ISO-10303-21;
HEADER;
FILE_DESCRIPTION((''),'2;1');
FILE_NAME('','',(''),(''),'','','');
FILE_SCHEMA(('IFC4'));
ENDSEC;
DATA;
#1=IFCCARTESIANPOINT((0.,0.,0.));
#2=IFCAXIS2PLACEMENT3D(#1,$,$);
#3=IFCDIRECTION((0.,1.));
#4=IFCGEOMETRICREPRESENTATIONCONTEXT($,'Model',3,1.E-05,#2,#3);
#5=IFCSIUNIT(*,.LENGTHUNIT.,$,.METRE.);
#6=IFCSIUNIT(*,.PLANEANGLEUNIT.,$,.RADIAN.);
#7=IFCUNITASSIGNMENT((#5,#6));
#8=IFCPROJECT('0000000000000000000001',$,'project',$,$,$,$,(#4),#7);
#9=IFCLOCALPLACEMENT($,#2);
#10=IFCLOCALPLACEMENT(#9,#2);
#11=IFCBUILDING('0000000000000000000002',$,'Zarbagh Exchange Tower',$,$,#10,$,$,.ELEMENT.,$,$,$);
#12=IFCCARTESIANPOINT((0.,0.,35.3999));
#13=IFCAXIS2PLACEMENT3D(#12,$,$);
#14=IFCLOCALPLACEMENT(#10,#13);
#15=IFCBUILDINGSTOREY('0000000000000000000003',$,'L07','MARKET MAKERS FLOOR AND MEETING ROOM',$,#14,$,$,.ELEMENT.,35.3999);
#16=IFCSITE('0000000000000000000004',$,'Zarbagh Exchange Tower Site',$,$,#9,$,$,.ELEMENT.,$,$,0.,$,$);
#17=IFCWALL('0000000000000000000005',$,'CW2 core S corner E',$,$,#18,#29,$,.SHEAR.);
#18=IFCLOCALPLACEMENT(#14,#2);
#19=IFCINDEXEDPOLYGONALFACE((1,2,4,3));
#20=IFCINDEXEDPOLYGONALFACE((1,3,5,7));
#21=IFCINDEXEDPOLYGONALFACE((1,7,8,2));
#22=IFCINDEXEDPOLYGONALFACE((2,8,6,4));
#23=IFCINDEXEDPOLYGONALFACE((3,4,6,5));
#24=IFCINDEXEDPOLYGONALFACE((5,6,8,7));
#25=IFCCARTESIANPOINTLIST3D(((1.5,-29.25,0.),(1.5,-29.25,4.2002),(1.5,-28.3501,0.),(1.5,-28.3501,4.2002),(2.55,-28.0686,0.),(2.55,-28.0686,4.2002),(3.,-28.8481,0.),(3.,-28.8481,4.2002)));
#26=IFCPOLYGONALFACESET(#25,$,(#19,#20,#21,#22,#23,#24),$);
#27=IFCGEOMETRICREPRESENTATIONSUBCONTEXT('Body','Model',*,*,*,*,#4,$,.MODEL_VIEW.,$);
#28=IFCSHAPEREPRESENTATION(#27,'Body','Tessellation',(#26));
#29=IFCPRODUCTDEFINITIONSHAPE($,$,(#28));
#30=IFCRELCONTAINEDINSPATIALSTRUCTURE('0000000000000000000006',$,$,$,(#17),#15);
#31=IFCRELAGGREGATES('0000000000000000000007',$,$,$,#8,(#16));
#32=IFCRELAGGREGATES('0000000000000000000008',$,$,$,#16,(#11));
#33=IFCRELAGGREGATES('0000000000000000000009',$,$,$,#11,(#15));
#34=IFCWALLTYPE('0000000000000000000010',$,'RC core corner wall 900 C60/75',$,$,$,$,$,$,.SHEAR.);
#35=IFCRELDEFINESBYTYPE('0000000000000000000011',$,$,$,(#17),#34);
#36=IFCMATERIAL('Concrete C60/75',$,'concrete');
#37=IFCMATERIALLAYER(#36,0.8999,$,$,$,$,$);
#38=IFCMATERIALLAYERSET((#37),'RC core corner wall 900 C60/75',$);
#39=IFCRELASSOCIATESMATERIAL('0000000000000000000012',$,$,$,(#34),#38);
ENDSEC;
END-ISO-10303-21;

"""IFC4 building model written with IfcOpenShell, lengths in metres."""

from ifc_helpers import new_model, si_unit, direction, frame, origin, place, context, subcontext, project, spatial, polyline, outline, extrude, material, layer, layer_set, type_object, element, save


model = new_model("IFC4")

# Units and contexts
model_context = context("Model", 3, precision=1e-05, world=origin(), true_north=direction((0.0, 1.0)))
body_context = subcontext(model_context, "Body", "Model", "MODEL_VIEW")
ifc_project = project(units=[si_unit("LENGTHUNIT", "METRE"), si_unit("PLANEANGLEUNIT", "RADIAN")], contexts=[model_context])

# Site, building, storey
site_placement = place(None, origin())
site = spatial("IfcSite", under=ifc_project, at=site_placement, Name="Zarbagh Exchange Tower Site", CompositionType="ELEMENT", RefElevation=0.0)
building_placement = place(site_placement, origin())
building = spatial("IfcBuilding", under=site, at=building_placement, Name="Zarbagh Exchange Tower", CompositionType="ELEMENT")
storey_placement = place(building_placement, frame((0.0, 0.0, 35.3999)))
storey = spatial("IfcBuildingStorey", under=building, at=storey_placement, Name="L07", Description="MARKET MAKERS FLOOR AND MEETING ROOM", CompositionType="ELEMENT", Elevation=35.3999)

# Wall
ifc_material_1 = material(Name="Concrete C60/75", Category="concrete")
ifc_layer_1 = layer(ifc_material_1, 0.8999)
ifc_layer_set_1 = layer_set([ifc_layer_1], Name="RC core corner wall 900 C60/75")
wall_type = type_object("IfcWallType", Name="RC core corner wall 900 C60/75", PredefinedType="SHEAR", material=ifc_layer_set_1)
wall_1_placement = place(storey_placement, origin())
element("IfcWall", 1, at=wall_1_placement, inside=storey, type_object=wall_type, Name="CW2 core S corner E", PredefinedType="SHEAR", context=body_context, shape_type="SweptSolid", body=[
    extrude(outline(polyline([(3.0, -28.8481), (1.5, -29.25), (1.5, -28.3501), (2.55, -28.0686), (3.0, -28.8481)])), origin(), (0.0, 0.0, 1.0), 4.2002),
])

save(model, "model.ifc")
